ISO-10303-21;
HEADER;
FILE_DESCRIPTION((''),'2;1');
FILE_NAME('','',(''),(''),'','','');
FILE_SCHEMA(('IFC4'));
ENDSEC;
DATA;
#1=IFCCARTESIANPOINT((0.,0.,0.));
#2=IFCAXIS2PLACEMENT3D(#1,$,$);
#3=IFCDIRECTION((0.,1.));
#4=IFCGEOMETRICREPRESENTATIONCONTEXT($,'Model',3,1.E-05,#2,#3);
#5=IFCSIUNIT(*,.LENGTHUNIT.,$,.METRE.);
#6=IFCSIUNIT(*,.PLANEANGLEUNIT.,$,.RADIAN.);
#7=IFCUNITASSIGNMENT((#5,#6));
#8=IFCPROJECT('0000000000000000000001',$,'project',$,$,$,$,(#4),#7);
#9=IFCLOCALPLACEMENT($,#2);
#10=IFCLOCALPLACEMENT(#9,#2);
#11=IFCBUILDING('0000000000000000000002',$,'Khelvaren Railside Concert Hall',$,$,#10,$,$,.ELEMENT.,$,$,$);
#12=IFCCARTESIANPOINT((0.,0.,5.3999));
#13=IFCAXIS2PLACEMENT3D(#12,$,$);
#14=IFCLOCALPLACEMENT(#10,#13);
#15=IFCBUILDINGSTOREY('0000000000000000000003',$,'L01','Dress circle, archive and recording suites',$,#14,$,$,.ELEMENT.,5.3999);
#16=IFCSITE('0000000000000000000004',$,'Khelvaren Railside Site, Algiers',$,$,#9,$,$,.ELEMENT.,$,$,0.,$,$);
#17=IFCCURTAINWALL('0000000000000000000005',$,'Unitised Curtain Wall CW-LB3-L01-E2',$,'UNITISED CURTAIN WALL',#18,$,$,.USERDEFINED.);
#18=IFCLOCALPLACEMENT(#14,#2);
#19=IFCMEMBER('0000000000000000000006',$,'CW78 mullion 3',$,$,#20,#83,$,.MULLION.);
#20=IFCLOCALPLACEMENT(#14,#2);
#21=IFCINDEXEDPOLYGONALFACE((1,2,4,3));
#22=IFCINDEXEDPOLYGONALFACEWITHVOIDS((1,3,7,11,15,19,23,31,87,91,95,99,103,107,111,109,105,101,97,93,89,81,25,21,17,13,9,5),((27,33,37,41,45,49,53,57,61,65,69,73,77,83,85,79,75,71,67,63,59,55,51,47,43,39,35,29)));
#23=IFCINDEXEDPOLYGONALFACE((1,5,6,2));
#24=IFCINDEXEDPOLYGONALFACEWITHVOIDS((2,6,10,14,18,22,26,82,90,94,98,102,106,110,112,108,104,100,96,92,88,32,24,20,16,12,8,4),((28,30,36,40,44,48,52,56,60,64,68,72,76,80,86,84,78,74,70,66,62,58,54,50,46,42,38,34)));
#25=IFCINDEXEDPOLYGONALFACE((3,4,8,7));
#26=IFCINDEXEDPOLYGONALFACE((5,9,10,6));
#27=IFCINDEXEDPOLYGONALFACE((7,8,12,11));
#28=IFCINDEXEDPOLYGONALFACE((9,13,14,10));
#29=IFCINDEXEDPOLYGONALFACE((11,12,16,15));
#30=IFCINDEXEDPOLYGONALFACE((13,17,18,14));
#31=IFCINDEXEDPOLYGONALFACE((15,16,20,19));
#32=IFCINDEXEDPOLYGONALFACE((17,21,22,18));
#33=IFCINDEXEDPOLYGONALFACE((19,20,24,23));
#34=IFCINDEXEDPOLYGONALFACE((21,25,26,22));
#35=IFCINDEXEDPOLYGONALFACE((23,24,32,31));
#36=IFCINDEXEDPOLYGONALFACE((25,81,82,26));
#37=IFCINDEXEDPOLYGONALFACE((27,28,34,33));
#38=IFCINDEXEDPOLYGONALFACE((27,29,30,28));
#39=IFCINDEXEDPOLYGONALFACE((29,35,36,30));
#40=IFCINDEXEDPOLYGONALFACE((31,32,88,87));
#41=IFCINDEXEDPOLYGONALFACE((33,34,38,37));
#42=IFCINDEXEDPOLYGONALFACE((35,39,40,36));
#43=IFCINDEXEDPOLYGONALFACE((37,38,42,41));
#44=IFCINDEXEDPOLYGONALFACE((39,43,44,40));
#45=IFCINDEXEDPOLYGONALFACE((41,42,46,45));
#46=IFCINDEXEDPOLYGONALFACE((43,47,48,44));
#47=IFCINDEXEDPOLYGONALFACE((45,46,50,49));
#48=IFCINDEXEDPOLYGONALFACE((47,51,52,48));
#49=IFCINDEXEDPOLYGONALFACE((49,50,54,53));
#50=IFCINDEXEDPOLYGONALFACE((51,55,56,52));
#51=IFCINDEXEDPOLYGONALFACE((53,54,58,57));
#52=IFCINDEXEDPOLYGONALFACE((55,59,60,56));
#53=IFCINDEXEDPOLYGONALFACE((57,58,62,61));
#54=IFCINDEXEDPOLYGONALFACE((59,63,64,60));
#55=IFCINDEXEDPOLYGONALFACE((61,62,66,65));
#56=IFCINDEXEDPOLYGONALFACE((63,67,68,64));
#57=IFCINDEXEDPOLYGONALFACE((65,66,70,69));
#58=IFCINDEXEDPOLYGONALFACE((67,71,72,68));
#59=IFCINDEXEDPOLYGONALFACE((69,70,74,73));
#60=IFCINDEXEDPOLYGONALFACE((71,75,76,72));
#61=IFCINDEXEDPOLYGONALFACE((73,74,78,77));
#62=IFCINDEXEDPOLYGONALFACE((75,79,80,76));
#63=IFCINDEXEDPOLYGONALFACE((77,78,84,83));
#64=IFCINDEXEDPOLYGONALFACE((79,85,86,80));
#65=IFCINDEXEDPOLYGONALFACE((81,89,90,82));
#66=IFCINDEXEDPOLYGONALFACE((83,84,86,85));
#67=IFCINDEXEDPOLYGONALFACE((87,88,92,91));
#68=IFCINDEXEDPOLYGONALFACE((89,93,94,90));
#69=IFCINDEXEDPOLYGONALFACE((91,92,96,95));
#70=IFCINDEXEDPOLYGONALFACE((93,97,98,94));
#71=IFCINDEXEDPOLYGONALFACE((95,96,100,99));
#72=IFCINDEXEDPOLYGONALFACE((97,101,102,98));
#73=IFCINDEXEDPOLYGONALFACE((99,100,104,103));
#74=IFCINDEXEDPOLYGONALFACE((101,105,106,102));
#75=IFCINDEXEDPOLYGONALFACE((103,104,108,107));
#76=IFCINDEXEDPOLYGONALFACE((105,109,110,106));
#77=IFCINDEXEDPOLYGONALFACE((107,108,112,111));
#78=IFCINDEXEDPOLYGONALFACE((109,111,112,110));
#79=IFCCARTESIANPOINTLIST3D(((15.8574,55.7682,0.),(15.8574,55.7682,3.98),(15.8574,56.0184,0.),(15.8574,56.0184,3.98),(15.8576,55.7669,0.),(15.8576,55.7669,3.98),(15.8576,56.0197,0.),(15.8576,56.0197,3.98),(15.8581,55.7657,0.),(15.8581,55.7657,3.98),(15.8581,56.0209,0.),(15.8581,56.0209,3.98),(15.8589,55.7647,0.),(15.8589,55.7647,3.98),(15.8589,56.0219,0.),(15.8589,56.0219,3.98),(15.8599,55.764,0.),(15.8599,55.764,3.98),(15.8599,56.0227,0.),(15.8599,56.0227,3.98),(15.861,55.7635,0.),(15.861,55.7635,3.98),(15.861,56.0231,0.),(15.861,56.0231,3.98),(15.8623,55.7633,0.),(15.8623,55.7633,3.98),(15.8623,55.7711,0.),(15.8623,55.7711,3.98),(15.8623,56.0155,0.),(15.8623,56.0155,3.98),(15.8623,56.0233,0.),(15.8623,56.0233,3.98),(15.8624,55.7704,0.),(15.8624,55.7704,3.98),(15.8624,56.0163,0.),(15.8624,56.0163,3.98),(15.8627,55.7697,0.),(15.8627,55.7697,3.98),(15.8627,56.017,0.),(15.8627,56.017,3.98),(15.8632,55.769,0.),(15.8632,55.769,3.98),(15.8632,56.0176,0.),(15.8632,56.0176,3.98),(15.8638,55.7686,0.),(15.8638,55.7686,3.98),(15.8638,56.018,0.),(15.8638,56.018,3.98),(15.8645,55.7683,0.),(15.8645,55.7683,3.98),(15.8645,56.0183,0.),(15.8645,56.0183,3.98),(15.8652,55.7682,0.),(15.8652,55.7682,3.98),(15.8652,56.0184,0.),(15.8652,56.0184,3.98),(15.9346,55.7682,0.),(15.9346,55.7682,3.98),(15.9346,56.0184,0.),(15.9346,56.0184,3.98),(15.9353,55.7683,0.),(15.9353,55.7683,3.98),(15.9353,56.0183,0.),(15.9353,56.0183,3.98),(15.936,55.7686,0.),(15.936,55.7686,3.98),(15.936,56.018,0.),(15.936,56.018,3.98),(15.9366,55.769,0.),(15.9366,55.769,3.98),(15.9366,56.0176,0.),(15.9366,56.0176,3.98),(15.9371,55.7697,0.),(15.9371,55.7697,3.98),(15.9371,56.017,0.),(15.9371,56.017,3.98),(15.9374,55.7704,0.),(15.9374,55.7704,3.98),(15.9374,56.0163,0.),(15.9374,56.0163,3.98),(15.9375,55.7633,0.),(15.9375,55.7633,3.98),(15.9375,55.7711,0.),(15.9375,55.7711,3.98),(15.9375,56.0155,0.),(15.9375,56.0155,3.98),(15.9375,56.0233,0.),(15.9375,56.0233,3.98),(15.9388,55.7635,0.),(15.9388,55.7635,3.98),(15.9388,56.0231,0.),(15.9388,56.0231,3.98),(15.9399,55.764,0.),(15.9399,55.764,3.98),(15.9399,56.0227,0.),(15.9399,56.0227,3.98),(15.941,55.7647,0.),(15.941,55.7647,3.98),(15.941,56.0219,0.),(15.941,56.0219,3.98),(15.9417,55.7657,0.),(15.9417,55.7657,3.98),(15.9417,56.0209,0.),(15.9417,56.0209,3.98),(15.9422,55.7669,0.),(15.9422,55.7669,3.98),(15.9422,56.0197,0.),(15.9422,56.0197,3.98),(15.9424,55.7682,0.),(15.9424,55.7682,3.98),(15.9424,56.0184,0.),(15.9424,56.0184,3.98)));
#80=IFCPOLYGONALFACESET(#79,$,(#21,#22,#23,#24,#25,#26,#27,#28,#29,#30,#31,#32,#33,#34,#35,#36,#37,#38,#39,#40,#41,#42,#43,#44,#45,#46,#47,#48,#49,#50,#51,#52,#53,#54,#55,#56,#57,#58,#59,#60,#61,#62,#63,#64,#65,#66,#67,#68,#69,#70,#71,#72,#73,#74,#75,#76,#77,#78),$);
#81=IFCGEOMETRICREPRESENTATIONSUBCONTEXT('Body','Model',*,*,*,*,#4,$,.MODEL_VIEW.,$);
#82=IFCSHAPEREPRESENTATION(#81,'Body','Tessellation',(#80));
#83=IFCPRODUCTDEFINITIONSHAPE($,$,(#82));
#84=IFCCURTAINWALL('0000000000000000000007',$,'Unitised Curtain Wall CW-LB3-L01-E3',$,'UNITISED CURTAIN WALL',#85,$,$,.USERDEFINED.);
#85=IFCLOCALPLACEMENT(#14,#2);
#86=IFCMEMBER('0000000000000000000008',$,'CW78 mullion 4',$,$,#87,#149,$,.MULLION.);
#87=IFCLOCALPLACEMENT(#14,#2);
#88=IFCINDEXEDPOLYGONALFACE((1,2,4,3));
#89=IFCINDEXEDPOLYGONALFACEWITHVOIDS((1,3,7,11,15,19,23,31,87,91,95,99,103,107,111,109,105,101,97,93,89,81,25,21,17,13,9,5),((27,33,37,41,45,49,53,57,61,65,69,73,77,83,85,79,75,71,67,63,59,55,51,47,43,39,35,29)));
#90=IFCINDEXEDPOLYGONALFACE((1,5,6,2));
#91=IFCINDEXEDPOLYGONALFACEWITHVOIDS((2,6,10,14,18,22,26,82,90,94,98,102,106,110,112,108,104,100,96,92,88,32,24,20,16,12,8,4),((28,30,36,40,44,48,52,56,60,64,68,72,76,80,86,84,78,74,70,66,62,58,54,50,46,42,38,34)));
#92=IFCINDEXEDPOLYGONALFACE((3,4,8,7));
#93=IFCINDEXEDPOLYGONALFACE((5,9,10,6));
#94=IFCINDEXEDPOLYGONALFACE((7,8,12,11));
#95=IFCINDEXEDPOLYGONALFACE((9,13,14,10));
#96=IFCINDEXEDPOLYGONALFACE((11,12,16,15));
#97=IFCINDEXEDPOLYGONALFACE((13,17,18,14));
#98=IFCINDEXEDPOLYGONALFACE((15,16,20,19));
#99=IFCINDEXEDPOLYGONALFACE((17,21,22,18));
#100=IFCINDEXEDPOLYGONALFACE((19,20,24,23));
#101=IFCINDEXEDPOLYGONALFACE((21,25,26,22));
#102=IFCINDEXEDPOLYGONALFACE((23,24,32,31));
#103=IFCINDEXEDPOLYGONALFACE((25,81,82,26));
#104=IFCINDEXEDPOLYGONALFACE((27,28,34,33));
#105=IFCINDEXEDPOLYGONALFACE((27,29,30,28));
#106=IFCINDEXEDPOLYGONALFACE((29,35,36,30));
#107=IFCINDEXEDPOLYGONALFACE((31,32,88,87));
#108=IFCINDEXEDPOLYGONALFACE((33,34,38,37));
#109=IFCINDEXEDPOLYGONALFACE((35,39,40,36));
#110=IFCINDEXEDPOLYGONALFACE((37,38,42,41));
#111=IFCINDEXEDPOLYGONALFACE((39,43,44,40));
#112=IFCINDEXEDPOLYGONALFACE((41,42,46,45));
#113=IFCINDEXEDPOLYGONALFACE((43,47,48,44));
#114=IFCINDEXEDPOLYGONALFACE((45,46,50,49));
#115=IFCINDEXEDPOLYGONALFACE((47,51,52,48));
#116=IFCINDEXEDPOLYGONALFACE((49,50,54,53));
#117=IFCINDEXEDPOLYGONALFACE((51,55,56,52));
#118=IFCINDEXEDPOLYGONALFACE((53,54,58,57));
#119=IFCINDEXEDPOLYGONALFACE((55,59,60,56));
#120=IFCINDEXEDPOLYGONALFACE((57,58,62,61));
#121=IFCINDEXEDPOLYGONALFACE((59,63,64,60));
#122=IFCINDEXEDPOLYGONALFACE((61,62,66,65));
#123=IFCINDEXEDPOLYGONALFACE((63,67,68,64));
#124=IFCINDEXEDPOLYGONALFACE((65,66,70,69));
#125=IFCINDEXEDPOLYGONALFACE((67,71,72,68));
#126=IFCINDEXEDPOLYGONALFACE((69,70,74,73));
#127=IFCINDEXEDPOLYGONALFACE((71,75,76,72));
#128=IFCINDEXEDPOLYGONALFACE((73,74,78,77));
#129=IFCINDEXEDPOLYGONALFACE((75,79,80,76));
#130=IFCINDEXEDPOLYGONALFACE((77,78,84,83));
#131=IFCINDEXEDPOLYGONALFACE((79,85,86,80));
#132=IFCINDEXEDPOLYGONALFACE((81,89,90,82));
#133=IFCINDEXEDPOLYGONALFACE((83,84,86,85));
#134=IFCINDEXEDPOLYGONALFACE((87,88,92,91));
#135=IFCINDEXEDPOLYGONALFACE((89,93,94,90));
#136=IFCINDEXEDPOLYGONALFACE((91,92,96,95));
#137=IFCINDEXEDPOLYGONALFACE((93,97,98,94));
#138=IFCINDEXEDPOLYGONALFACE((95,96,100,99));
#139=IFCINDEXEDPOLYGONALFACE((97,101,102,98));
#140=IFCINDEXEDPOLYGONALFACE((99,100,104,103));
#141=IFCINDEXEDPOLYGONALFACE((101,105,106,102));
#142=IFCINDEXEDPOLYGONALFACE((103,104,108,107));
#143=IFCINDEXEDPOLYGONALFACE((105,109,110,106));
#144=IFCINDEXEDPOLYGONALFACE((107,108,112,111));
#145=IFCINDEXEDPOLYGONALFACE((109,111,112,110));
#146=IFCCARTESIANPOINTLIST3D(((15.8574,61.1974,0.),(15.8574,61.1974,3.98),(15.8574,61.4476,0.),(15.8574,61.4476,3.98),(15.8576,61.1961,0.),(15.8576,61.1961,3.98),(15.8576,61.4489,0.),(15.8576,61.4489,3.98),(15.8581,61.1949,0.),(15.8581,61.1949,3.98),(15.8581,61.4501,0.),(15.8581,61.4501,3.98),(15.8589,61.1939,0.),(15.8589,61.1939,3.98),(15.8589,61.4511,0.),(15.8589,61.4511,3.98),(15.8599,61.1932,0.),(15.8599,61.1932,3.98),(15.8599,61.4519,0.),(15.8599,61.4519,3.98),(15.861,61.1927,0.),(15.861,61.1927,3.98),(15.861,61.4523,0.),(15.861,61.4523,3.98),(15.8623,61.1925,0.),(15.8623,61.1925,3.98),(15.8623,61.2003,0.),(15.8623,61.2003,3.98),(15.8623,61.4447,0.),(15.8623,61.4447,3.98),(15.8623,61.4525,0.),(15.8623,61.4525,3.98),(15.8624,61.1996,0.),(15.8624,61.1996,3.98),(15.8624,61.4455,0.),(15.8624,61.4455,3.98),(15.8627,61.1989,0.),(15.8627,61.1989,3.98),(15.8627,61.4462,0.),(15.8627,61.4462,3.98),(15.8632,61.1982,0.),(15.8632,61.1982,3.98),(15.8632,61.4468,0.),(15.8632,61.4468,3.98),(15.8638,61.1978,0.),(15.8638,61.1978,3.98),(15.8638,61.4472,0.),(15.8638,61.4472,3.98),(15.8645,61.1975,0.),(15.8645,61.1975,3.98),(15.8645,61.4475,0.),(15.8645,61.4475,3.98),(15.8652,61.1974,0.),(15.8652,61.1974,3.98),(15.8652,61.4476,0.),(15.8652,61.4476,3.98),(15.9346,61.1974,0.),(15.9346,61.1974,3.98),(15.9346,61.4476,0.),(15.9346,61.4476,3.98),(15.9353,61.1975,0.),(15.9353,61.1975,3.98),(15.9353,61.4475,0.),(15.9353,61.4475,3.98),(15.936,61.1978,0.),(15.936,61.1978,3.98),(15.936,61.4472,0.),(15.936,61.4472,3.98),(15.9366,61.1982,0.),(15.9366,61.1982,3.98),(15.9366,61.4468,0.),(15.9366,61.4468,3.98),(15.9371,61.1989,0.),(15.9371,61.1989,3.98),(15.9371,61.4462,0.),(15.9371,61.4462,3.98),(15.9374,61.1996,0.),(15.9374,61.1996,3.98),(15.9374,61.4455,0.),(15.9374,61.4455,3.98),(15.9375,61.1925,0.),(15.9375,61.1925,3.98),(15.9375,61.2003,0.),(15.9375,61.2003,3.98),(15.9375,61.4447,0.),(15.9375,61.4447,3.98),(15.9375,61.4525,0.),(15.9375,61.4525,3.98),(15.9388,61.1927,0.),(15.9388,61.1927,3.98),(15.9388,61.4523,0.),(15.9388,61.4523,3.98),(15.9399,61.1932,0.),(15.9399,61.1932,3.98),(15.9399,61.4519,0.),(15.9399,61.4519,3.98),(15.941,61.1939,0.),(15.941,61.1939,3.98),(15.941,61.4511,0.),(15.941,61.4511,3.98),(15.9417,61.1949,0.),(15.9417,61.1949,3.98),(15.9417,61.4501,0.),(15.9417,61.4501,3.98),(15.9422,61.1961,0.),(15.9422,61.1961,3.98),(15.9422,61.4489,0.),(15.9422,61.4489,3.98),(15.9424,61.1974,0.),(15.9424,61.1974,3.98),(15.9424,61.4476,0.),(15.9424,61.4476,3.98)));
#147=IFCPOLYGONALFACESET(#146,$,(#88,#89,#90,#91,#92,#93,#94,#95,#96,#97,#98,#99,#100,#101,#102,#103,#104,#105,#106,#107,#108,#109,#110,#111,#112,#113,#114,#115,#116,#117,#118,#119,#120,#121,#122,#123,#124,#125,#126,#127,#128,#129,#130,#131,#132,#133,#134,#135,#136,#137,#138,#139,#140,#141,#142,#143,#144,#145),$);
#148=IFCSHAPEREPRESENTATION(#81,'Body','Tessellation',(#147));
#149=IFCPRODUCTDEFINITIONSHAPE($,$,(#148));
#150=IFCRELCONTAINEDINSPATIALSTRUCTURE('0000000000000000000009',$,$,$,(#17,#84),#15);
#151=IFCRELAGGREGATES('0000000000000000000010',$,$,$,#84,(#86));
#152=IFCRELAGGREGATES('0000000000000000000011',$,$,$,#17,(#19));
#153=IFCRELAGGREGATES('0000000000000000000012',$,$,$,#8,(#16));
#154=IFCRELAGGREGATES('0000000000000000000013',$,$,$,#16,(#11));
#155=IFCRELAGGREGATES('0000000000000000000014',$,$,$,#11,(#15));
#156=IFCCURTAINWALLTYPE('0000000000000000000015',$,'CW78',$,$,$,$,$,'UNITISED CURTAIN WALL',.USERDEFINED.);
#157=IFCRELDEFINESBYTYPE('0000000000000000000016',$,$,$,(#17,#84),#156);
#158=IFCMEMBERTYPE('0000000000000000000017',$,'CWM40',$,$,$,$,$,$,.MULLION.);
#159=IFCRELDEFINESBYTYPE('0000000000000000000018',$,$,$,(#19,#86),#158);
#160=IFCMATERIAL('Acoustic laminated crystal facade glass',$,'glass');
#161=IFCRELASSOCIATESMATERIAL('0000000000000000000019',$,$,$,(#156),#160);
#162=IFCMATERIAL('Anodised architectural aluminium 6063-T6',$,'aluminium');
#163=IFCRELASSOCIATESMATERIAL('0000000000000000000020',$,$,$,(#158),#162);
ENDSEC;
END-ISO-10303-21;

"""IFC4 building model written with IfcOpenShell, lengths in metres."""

from ifc_helpers import new_model, si_unit, direction, frame, origin, origin_2d, place, context, subcontext, project, spatial, hollow_rectangle, extrude, material, material_profile, profile_set, type_object, element, aggregate, save


model = new_model("IFC4")

# Units and contexts
model_context = context("Model", 3, precision=1e-05, world=origin(), true_north=direction((0.0, 1.0)))
body_context = subcontext(model_context, "Body", "Model", "MODEL_VIEW")
ifc_project = project(units=[si_unit("LENGTHUNIT", "METRE"), si_unit("PLANEANGLEUNIT", "RADIAN")], contexts=[model_context])

# Site, building, storey
site_placement = place(None, origin())
site = spatial("IfcSite", under=ifc_project, at=site_placement, Name="Khelvaren Railside Site, Algiers", CompositionType="ELEMENT", RefElevation=0.0)
building_placement = place(site_placement, origin())
building = spatial("IfcBuilding", under=site, at=building_placement, Name="Khelvaren Railside Concert Hall", CompositionType="ELEMENT")
storey_placement = place(building_placement, frame((0.0, 0.0, 5.3999)))
storey = spatial("IfcBuildingStorey", under=building, at=storey_placement, Name="L01", Description="Dress circle, archive and recording suites", CompositionType="ELEMENT", Elevation=5.3999)

# Curtain wall, member
ifc_material_1 = material(Name="Acoustic laminated crystal facade glass", Category="glass")
curtain_wall_type = type_object("IfcCurtainWallType", Name="CW78", ElementType="UNITISED CURTAIN WALL", PredefinedType="USERDEFINED", material=ifc_material_1)
curtain_wall_1_placement = place(storey_placement, origin())
curtain_wall_1 = element("IfcCurtainWall", 1, at=curtain_wall_1_placement, inside=storey, type_object=curtain_wall_type, Name="Unitised Curtain Wall CW-LB3-L01-E2", ObjectType="UNITISED CURTAIN WALL", PredefinedType="USERDEFINED")
ifc_material_2 = material(Name="Anodised architectural aluminium 6063-T6", Category="aluminium")
ifc_material_profile_1 = material_profile(ifc_material_2, hollow_rectangle(XDim=0.085, YDim=0.26, WallThickness=0.0049, InnerFilletRadius=0.0029, OuterFilletRadius=0.0049, at=origin_2d()), Name="CWM 85x260x5")
ifc_profile_set_1 = profile_set([ifc_material_profile_1], Name="Anodised architectural aluminium 6063-T6")
member_type_1 = type_object("IfcMemberType", Name="CWM40", PredefinedType="MULLION", material=ifc_profile_set_1)
member_1_placement = place(storey_placement, frame((15.8999, 55.8933, 0.0), z_axis=(0.0, 0.0, 1.0), x_axis=(1.0, 0.0, 0.0)))
member_1 = element("IfcMember", 2, at=member_1_placement, type_object=member_type_1, Name="CW78 mullion 3", PredefinedType="MULLION", context=body_context, shape_type="SweptSolid", body=[
    extrude(hollow_rectangle(XDim=0.085, YDim=0.26, WallThickness=0.0049, InnerFilletRadius=0.0029, OuterFilletRadius=0.0049, at=origin_2d()), origin(), (0.0, 0.0, 1.0), 3.98),
])

# Curtain wall, member
curtain_wall_2_placement = place(storey_placement, origin())
curtain_wall_2 = element("IfcCurtainWall", 3, at=curtain_wall_2_placement, inside=storey, type_object=curtain_wall_type, Name="Unitised Curtain Wall CW-LB3-L01-E3", ObjectType="UNITISED CURTAIN WALL", PredefinedType="USERDEFINED")
member_2_placement = place(storey_placement, frame((15.8999, 61.3225, 0.0), z_axis=(0.0, 0.0, 1.0), x_axis=(1.0, 0.0, 0.0)))
member_2 = element("IfcMember", 4, at=member_2_placement, type_object=member_type_1, Name="CW78 mullion 4", PredefinedType="MULLION", context=body_context, shape_type="SweptSolid", body=[
    extrude(hollow_rectangle(XDim=0.085, YDim=0.26, WallThickness=0.0049, InnerFilletRadius=0.0029, OuterFilletRadius=0.0049, at=origin_2d()), origin(), (0.0, 0.0, 1.0), 3.98),
])
aggregate(curtain_wall_2, [member_2])

aggregate(curtain_wall_1, [member_1])

save(model, "model.ifc")
